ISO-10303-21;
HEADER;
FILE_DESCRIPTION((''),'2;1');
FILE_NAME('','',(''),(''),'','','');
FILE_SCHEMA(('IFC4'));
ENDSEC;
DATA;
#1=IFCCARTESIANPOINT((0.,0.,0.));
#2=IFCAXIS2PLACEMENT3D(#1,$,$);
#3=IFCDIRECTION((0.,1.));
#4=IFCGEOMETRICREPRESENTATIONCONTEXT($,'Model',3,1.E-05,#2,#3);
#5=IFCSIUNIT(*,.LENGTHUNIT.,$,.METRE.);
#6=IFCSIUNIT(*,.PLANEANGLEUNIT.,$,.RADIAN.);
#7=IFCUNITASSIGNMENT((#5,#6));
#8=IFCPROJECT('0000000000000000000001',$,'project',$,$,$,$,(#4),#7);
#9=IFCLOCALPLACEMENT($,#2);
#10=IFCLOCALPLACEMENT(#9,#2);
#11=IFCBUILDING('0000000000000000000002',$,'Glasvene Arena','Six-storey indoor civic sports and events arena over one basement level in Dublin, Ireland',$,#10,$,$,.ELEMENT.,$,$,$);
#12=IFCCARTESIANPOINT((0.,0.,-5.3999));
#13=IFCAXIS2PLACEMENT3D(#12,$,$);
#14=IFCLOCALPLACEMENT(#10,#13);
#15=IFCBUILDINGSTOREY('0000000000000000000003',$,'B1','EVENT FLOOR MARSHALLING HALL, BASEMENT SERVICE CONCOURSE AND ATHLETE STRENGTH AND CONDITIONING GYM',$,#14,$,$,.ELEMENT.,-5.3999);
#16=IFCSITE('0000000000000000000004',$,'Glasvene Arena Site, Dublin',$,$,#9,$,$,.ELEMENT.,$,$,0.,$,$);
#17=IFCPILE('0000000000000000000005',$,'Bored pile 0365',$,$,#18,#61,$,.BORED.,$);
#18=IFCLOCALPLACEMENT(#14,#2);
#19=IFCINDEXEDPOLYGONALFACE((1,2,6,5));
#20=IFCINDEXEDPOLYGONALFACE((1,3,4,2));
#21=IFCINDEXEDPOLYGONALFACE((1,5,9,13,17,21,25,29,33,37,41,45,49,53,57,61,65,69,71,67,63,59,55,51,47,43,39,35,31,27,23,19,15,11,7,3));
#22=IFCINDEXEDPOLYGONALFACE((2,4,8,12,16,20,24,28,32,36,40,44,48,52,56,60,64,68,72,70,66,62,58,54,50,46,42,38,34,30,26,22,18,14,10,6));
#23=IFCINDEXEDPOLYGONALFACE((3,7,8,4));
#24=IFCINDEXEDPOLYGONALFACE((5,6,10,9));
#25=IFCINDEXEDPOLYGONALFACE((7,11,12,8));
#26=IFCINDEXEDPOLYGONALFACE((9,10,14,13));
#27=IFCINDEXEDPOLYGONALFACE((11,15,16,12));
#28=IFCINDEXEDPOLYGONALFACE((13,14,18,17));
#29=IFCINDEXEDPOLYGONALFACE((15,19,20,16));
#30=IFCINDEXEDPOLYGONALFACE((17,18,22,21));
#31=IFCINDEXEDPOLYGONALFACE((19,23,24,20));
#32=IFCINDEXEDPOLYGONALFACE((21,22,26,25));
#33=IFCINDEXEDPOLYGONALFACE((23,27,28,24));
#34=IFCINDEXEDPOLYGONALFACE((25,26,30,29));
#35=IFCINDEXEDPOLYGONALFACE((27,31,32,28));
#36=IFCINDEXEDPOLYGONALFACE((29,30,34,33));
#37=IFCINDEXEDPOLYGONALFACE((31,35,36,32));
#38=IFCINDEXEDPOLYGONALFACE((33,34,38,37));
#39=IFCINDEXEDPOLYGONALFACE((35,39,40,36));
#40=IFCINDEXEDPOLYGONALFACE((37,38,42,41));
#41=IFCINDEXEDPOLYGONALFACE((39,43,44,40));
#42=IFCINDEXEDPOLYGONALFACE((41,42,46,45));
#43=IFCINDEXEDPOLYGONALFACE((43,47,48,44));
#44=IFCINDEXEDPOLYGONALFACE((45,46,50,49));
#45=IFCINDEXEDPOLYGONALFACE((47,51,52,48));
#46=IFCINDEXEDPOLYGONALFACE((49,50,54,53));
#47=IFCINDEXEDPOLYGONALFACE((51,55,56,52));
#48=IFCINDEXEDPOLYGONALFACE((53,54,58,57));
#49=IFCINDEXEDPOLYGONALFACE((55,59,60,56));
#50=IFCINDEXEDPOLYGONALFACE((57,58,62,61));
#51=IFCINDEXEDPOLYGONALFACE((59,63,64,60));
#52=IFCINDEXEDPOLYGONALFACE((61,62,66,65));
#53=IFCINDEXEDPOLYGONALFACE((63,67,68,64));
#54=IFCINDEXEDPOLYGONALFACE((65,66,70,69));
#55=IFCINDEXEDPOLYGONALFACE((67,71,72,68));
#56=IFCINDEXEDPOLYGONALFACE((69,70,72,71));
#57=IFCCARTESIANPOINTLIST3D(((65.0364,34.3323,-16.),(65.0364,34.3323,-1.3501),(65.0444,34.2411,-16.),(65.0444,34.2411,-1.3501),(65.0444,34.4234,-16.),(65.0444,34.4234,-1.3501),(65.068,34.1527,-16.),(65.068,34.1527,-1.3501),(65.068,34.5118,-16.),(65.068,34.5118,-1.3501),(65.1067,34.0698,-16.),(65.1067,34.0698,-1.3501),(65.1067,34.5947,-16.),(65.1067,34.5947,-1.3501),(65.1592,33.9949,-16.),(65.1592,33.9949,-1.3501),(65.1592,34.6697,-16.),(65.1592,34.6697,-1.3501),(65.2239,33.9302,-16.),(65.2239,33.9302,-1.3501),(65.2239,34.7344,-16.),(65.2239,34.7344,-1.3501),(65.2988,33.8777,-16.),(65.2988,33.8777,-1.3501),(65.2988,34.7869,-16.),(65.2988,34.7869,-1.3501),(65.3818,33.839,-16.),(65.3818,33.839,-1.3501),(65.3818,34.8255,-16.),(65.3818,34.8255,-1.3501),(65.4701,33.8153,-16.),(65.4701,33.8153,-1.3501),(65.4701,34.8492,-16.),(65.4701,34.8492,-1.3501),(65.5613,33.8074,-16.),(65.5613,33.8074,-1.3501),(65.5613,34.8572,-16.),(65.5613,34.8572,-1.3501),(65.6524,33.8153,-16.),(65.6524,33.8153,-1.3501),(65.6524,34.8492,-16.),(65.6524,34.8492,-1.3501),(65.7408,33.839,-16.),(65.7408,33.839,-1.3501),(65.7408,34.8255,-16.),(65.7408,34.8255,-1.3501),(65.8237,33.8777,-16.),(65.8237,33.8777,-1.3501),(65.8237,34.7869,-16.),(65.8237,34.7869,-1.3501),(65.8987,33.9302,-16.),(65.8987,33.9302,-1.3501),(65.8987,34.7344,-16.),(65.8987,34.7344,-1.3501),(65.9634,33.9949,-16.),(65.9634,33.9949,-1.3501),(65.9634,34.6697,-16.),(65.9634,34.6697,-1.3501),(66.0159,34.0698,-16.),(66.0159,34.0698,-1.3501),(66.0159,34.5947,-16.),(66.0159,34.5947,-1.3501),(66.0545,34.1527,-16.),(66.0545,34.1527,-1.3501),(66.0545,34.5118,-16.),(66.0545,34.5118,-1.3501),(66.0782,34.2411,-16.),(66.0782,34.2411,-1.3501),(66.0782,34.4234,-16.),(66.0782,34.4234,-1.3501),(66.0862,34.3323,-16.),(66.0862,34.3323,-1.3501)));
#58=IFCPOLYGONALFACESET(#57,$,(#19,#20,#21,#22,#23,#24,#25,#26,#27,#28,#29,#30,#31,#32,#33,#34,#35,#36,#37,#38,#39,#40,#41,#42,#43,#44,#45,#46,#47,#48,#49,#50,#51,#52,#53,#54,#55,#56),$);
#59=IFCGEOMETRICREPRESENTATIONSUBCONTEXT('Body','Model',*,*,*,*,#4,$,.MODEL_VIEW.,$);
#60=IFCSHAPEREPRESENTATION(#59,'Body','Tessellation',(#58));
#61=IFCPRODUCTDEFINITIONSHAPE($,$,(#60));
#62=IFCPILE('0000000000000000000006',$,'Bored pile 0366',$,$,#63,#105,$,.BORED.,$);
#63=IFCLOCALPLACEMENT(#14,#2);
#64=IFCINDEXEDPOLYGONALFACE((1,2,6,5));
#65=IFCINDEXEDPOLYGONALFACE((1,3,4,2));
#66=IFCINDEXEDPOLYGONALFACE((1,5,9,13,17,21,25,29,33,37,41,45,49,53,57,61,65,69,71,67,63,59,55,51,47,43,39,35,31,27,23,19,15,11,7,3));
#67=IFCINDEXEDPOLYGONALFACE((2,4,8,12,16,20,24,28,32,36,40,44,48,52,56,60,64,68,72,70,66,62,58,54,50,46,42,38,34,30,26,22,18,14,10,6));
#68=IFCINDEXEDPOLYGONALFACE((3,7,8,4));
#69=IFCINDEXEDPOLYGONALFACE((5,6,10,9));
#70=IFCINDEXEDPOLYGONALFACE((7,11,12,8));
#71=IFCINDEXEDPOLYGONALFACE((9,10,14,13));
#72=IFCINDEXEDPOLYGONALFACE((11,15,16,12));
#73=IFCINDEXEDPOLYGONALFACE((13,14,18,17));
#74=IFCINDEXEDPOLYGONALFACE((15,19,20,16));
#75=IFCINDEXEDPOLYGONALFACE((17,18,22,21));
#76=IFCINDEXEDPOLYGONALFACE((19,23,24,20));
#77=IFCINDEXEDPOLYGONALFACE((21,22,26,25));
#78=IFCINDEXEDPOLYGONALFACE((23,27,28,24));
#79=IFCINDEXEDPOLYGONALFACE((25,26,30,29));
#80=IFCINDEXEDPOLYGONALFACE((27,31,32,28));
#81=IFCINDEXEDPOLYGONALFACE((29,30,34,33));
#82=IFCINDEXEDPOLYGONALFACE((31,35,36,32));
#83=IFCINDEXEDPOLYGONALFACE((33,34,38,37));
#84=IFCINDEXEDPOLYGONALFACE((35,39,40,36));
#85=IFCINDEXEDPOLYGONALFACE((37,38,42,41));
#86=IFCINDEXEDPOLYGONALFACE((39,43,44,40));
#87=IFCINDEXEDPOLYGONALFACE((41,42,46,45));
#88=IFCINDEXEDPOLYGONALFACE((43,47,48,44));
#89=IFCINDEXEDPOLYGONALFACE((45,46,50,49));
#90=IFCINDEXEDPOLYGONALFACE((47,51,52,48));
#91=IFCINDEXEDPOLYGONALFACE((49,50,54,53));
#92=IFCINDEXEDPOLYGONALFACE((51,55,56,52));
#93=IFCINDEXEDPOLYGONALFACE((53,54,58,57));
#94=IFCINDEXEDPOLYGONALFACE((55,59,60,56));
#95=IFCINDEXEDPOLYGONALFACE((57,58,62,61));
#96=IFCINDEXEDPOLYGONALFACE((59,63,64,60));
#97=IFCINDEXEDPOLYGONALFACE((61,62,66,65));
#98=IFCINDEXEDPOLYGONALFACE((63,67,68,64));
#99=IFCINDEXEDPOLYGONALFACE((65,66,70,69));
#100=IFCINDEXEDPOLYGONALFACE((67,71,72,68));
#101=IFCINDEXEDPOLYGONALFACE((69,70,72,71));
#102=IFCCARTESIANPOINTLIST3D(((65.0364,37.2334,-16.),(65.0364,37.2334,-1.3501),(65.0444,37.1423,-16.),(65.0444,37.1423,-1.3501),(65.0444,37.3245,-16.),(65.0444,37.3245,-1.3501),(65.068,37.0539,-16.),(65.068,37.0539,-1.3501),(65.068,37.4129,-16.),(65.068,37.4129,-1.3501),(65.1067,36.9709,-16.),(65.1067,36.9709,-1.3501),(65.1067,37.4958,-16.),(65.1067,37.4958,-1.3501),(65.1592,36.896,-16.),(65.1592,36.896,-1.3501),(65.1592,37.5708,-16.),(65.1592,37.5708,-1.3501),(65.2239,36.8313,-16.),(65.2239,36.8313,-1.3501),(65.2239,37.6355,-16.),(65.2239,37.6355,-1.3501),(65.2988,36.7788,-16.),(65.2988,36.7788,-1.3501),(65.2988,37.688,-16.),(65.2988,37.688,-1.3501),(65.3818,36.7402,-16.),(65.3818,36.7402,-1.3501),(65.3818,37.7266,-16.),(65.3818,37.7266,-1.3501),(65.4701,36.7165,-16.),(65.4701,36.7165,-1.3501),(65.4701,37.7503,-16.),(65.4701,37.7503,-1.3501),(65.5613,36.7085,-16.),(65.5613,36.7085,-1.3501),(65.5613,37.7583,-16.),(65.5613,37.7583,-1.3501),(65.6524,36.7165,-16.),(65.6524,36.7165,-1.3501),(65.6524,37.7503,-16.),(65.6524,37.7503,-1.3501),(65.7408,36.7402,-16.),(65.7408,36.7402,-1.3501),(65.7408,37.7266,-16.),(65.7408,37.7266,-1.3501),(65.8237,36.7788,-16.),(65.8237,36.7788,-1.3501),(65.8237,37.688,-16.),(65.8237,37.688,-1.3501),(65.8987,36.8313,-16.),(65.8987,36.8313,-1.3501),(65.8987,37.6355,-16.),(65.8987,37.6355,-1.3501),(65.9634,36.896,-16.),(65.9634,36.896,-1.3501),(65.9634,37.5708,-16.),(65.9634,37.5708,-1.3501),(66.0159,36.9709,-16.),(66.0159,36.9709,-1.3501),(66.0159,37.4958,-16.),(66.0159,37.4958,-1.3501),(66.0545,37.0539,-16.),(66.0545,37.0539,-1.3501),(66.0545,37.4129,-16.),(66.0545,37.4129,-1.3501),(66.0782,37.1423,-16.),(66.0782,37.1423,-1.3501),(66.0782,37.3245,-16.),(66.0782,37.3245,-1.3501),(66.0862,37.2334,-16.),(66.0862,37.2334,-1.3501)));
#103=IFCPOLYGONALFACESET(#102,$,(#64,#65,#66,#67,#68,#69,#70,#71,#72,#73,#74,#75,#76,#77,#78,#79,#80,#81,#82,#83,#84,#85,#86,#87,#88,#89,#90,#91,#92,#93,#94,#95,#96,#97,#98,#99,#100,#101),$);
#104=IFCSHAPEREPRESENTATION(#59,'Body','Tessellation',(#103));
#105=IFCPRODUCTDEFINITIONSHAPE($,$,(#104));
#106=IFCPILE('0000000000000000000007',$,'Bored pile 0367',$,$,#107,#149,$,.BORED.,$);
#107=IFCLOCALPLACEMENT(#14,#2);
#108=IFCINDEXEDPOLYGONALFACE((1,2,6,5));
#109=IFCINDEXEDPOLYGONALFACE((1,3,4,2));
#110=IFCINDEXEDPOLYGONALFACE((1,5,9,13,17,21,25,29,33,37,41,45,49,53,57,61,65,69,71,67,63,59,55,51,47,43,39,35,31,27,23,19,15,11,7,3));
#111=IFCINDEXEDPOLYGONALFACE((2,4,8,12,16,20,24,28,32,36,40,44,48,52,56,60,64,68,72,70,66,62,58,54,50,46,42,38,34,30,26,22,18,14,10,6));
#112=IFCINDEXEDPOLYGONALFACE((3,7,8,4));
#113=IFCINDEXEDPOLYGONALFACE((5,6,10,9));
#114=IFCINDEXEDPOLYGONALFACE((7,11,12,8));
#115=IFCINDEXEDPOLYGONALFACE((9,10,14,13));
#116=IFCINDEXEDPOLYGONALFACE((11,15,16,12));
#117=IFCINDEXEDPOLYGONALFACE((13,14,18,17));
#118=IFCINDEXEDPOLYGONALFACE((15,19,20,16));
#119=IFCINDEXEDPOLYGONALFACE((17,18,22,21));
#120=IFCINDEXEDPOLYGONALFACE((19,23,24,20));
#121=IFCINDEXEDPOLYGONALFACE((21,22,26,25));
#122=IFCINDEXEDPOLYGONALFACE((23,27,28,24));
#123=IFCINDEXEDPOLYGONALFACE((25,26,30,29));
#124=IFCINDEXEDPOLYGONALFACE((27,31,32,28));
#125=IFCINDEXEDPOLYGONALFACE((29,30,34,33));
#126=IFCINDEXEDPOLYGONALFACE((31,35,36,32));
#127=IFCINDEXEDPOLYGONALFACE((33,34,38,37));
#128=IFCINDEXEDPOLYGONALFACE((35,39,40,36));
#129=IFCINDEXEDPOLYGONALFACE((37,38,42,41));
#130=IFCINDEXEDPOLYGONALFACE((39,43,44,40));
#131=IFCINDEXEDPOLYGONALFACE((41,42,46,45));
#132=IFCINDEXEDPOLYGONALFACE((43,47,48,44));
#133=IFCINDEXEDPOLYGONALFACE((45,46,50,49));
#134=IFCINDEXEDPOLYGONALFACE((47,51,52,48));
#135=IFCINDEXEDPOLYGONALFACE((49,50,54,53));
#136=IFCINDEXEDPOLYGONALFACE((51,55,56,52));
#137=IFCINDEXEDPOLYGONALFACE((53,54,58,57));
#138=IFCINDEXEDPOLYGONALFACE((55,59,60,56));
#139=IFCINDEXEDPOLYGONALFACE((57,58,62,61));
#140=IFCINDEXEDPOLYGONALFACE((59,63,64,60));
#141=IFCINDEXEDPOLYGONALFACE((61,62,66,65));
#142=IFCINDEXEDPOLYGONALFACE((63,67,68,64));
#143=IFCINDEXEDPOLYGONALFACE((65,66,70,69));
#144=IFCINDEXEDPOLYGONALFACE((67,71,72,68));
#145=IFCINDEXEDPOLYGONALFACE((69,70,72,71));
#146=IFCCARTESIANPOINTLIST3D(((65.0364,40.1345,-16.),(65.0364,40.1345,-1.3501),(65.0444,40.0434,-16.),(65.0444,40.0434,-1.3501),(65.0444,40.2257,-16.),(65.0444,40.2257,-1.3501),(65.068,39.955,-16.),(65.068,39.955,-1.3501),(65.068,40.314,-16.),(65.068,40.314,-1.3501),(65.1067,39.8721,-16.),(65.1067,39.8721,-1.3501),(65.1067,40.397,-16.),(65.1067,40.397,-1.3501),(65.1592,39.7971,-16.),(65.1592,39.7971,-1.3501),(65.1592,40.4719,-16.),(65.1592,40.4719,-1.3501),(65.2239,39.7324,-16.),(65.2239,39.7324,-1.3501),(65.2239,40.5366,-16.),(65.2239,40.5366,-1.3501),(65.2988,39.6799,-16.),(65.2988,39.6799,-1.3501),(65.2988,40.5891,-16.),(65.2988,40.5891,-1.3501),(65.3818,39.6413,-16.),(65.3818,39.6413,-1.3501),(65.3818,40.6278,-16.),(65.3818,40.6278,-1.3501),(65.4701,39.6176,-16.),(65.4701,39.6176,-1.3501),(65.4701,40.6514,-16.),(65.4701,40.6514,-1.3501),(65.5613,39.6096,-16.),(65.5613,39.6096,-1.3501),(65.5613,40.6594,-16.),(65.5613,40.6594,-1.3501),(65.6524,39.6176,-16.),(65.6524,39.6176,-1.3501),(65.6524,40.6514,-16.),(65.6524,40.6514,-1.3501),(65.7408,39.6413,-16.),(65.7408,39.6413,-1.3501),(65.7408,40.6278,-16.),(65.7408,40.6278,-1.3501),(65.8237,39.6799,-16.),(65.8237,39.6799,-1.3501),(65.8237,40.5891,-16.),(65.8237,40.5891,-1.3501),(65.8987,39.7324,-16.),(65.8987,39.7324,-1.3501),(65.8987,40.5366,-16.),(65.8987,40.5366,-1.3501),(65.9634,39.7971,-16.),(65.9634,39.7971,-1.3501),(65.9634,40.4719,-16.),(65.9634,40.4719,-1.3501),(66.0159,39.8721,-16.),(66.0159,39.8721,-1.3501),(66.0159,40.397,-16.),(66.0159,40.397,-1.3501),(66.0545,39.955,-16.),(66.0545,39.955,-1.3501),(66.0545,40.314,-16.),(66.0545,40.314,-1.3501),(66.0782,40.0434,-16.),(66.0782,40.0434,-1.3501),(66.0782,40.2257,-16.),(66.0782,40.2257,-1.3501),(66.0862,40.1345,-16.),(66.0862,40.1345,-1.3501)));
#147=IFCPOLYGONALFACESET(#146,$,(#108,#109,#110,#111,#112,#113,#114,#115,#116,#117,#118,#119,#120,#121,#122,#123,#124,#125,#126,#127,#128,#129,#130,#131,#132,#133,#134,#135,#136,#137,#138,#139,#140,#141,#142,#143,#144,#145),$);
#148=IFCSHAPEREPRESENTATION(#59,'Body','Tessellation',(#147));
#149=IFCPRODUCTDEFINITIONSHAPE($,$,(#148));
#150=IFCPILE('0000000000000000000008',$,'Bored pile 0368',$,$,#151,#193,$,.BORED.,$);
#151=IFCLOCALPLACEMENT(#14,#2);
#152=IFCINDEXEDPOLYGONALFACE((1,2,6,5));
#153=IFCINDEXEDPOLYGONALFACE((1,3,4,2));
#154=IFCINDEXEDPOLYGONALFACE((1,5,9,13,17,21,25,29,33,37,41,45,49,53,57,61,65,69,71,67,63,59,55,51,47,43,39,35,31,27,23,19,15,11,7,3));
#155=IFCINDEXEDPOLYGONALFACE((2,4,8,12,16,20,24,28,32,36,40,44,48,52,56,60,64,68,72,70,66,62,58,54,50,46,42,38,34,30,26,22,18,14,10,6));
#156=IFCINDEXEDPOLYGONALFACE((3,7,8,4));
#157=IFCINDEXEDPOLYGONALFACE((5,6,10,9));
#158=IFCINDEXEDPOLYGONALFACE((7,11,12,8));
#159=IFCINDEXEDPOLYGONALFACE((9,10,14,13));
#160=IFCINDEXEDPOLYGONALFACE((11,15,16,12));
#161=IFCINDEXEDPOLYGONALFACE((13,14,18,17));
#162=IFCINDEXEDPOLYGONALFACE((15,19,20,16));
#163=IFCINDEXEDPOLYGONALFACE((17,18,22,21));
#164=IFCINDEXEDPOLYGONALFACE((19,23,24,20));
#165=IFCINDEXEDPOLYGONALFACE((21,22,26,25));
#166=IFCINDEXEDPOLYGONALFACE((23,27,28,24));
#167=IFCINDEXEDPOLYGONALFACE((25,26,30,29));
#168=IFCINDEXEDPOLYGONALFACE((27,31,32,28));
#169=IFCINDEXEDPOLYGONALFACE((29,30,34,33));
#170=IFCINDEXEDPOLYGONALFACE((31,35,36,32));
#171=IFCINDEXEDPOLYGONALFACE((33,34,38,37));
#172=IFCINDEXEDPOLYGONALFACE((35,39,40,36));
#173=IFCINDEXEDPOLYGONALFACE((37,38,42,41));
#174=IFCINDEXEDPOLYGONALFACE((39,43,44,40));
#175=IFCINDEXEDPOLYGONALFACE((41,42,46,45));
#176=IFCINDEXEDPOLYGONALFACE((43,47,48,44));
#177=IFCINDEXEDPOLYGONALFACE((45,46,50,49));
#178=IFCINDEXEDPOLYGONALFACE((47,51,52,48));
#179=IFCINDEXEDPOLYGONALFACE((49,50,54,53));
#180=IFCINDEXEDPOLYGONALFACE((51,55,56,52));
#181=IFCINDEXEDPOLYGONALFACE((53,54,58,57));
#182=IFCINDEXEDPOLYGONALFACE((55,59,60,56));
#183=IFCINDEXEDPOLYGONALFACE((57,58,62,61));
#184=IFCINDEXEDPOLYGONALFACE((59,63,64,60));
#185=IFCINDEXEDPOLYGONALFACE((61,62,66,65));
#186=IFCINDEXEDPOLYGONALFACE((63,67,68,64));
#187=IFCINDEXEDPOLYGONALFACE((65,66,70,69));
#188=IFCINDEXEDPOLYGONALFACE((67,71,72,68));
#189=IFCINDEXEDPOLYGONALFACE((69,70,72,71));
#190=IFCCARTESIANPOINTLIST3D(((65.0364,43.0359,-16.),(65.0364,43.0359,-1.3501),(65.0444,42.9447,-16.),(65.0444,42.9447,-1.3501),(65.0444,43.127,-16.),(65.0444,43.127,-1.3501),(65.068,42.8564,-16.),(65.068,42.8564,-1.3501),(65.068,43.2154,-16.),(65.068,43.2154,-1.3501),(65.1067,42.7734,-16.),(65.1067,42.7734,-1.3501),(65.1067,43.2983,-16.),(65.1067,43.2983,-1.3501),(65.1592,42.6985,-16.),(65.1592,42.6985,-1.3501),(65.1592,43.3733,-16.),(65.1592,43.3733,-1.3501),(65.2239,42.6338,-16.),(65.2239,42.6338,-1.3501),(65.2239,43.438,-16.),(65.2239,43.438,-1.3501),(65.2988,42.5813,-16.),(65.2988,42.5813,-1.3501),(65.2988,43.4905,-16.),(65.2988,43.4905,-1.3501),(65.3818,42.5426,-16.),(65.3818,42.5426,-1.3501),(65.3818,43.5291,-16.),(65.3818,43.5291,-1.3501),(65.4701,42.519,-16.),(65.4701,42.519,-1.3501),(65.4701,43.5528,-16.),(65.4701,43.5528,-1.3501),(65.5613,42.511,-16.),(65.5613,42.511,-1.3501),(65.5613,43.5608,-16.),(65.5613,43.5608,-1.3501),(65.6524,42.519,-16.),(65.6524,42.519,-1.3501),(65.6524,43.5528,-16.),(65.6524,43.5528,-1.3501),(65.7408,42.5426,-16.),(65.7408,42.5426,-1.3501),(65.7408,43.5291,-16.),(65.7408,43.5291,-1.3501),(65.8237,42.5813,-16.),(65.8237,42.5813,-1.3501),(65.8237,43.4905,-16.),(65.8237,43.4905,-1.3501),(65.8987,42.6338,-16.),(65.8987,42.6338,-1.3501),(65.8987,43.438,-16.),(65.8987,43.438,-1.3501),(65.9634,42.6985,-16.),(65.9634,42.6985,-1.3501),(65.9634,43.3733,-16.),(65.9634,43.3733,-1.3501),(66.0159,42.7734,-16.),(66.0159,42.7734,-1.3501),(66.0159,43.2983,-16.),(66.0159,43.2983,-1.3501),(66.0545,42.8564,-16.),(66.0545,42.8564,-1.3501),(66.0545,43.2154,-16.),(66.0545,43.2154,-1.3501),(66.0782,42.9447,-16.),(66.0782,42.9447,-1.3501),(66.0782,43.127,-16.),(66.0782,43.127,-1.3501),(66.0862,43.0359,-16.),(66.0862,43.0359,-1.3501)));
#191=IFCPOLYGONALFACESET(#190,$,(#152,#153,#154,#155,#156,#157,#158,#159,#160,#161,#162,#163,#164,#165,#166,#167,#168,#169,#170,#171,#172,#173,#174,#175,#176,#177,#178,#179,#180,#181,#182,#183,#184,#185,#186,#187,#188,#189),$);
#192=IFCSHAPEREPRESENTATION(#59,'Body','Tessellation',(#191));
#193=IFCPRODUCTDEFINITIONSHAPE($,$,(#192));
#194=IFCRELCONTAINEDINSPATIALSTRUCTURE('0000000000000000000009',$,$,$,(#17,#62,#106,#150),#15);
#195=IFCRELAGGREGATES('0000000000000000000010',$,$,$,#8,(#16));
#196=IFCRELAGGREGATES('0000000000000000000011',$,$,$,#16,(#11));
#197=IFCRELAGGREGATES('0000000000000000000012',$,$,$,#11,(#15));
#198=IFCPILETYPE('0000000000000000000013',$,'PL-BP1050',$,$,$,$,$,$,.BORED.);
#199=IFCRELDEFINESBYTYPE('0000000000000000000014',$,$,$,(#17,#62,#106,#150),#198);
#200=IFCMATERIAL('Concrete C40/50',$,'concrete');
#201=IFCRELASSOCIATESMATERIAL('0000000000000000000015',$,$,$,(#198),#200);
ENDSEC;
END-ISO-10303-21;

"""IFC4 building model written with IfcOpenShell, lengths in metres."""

from ifc_helpers import new_model, si_unit, direction, frame, origin, origin_2d, place, context, subcontext, project, spatial, circle, extrude, material, material_profile, profile_set, type_object, element, save


model = new_model("IFC4")

# Units and contexts
model_context = context("Model", 3, precision=1e-05, world=origin(), true_north=direction((0.0, 1.0)))
body_context = subcontext(model_context, "Body", "Model", "MODEL_VIEW")
ifc_project = project(units=[si_unit("LENGTHUNIT", "METRE"), si_unit("PLANEANGLEUNIT", "RADIAN")], contexts=[model_context])

# Site, building, storey
site_placement = place(None, origin())
site = spatial("IfcSite", under=ifc_project, at=site_placement, Name="Glasvene Arena Site, Dublin", CompositionType="ELEMENT", RefElevation=0.0)
building_placement = place(site_placement, origin())
building = spatial("IfcBuilding", under=site, at=building_placement, Name="Glasvene Arena", Description="Six-storey indoor civic sports and events arena over one basement level in Dublin, Ireland", CompositionType="ELEMENT")
storey_placement = place(building_placement, frame((0.0, 0.0, -5.3999)))
storey = spatial("IfcBuildingStorey", under=building, at=storey_placement, Name="B1", Description="EVENT FLOOR MARSHALLING HALL, BASEMENT SERVICE CONCOURSE AND ATHLETE STRENGTH AND CONDITIONING GYM", CompositionType="ELEMENT", Elevation=-5.3999)

# Piles
ifc_material_1 = material(Name="Concrete C40/50", Category="concrete")
ifc_material_profile_1 = material_profile(ifc_material_1, circle(Radius=0.5249, at=origin_2d()), Name="BORED PILE 1050")
ifc_profile_set_1 = profile_set([ifc_material_profile_1], Name="Concrete C40/50")
pile_type = type_object("IfcPileType", Name="PL-BP1050", PredefinedType="BORED", material=ifc_profile_set_1)
for number, where, z_axis, x_axis, name in (
    (1, (65.5613, 34.3323, -1.3501), (0.0, 0.0, -1.0), (1.0, 0.0, 0.0), "Bored pile 0365"),
    (2, (65.5613, 37.2334, -1.3501), (0.0, 0.0, -1.0), (1.0, 0.0, 0.0), "Bored pile 0366"),
    (3, (65.5613, 40.1345, -1.3501), (0.0, 0.0, -1.0), (1.0, 0.0, 0.0), "Bored pile 0367"),
    (4, (65.5613, 43.0359, -1.3501), (0.0, 0.0, -1.0), (1.0, 0.0, 0.0), "Bored pile 0368"),
):
    element("IfcPile", number, at=place(storey_placement, frame(where, z_axis=z_axis, x_axis=x_axis)), inside=storey, type_object=pile_type, Name=name, PredefinedType="BORED", context=body_context, shape_type="SweptSolid", body=[
        extrude(circle(Radius=0.5249, at=origin_2d()), origin(), (0.0, 0.0, 1.0), 14.6499),
    ])

save(model, "model.ifc")
